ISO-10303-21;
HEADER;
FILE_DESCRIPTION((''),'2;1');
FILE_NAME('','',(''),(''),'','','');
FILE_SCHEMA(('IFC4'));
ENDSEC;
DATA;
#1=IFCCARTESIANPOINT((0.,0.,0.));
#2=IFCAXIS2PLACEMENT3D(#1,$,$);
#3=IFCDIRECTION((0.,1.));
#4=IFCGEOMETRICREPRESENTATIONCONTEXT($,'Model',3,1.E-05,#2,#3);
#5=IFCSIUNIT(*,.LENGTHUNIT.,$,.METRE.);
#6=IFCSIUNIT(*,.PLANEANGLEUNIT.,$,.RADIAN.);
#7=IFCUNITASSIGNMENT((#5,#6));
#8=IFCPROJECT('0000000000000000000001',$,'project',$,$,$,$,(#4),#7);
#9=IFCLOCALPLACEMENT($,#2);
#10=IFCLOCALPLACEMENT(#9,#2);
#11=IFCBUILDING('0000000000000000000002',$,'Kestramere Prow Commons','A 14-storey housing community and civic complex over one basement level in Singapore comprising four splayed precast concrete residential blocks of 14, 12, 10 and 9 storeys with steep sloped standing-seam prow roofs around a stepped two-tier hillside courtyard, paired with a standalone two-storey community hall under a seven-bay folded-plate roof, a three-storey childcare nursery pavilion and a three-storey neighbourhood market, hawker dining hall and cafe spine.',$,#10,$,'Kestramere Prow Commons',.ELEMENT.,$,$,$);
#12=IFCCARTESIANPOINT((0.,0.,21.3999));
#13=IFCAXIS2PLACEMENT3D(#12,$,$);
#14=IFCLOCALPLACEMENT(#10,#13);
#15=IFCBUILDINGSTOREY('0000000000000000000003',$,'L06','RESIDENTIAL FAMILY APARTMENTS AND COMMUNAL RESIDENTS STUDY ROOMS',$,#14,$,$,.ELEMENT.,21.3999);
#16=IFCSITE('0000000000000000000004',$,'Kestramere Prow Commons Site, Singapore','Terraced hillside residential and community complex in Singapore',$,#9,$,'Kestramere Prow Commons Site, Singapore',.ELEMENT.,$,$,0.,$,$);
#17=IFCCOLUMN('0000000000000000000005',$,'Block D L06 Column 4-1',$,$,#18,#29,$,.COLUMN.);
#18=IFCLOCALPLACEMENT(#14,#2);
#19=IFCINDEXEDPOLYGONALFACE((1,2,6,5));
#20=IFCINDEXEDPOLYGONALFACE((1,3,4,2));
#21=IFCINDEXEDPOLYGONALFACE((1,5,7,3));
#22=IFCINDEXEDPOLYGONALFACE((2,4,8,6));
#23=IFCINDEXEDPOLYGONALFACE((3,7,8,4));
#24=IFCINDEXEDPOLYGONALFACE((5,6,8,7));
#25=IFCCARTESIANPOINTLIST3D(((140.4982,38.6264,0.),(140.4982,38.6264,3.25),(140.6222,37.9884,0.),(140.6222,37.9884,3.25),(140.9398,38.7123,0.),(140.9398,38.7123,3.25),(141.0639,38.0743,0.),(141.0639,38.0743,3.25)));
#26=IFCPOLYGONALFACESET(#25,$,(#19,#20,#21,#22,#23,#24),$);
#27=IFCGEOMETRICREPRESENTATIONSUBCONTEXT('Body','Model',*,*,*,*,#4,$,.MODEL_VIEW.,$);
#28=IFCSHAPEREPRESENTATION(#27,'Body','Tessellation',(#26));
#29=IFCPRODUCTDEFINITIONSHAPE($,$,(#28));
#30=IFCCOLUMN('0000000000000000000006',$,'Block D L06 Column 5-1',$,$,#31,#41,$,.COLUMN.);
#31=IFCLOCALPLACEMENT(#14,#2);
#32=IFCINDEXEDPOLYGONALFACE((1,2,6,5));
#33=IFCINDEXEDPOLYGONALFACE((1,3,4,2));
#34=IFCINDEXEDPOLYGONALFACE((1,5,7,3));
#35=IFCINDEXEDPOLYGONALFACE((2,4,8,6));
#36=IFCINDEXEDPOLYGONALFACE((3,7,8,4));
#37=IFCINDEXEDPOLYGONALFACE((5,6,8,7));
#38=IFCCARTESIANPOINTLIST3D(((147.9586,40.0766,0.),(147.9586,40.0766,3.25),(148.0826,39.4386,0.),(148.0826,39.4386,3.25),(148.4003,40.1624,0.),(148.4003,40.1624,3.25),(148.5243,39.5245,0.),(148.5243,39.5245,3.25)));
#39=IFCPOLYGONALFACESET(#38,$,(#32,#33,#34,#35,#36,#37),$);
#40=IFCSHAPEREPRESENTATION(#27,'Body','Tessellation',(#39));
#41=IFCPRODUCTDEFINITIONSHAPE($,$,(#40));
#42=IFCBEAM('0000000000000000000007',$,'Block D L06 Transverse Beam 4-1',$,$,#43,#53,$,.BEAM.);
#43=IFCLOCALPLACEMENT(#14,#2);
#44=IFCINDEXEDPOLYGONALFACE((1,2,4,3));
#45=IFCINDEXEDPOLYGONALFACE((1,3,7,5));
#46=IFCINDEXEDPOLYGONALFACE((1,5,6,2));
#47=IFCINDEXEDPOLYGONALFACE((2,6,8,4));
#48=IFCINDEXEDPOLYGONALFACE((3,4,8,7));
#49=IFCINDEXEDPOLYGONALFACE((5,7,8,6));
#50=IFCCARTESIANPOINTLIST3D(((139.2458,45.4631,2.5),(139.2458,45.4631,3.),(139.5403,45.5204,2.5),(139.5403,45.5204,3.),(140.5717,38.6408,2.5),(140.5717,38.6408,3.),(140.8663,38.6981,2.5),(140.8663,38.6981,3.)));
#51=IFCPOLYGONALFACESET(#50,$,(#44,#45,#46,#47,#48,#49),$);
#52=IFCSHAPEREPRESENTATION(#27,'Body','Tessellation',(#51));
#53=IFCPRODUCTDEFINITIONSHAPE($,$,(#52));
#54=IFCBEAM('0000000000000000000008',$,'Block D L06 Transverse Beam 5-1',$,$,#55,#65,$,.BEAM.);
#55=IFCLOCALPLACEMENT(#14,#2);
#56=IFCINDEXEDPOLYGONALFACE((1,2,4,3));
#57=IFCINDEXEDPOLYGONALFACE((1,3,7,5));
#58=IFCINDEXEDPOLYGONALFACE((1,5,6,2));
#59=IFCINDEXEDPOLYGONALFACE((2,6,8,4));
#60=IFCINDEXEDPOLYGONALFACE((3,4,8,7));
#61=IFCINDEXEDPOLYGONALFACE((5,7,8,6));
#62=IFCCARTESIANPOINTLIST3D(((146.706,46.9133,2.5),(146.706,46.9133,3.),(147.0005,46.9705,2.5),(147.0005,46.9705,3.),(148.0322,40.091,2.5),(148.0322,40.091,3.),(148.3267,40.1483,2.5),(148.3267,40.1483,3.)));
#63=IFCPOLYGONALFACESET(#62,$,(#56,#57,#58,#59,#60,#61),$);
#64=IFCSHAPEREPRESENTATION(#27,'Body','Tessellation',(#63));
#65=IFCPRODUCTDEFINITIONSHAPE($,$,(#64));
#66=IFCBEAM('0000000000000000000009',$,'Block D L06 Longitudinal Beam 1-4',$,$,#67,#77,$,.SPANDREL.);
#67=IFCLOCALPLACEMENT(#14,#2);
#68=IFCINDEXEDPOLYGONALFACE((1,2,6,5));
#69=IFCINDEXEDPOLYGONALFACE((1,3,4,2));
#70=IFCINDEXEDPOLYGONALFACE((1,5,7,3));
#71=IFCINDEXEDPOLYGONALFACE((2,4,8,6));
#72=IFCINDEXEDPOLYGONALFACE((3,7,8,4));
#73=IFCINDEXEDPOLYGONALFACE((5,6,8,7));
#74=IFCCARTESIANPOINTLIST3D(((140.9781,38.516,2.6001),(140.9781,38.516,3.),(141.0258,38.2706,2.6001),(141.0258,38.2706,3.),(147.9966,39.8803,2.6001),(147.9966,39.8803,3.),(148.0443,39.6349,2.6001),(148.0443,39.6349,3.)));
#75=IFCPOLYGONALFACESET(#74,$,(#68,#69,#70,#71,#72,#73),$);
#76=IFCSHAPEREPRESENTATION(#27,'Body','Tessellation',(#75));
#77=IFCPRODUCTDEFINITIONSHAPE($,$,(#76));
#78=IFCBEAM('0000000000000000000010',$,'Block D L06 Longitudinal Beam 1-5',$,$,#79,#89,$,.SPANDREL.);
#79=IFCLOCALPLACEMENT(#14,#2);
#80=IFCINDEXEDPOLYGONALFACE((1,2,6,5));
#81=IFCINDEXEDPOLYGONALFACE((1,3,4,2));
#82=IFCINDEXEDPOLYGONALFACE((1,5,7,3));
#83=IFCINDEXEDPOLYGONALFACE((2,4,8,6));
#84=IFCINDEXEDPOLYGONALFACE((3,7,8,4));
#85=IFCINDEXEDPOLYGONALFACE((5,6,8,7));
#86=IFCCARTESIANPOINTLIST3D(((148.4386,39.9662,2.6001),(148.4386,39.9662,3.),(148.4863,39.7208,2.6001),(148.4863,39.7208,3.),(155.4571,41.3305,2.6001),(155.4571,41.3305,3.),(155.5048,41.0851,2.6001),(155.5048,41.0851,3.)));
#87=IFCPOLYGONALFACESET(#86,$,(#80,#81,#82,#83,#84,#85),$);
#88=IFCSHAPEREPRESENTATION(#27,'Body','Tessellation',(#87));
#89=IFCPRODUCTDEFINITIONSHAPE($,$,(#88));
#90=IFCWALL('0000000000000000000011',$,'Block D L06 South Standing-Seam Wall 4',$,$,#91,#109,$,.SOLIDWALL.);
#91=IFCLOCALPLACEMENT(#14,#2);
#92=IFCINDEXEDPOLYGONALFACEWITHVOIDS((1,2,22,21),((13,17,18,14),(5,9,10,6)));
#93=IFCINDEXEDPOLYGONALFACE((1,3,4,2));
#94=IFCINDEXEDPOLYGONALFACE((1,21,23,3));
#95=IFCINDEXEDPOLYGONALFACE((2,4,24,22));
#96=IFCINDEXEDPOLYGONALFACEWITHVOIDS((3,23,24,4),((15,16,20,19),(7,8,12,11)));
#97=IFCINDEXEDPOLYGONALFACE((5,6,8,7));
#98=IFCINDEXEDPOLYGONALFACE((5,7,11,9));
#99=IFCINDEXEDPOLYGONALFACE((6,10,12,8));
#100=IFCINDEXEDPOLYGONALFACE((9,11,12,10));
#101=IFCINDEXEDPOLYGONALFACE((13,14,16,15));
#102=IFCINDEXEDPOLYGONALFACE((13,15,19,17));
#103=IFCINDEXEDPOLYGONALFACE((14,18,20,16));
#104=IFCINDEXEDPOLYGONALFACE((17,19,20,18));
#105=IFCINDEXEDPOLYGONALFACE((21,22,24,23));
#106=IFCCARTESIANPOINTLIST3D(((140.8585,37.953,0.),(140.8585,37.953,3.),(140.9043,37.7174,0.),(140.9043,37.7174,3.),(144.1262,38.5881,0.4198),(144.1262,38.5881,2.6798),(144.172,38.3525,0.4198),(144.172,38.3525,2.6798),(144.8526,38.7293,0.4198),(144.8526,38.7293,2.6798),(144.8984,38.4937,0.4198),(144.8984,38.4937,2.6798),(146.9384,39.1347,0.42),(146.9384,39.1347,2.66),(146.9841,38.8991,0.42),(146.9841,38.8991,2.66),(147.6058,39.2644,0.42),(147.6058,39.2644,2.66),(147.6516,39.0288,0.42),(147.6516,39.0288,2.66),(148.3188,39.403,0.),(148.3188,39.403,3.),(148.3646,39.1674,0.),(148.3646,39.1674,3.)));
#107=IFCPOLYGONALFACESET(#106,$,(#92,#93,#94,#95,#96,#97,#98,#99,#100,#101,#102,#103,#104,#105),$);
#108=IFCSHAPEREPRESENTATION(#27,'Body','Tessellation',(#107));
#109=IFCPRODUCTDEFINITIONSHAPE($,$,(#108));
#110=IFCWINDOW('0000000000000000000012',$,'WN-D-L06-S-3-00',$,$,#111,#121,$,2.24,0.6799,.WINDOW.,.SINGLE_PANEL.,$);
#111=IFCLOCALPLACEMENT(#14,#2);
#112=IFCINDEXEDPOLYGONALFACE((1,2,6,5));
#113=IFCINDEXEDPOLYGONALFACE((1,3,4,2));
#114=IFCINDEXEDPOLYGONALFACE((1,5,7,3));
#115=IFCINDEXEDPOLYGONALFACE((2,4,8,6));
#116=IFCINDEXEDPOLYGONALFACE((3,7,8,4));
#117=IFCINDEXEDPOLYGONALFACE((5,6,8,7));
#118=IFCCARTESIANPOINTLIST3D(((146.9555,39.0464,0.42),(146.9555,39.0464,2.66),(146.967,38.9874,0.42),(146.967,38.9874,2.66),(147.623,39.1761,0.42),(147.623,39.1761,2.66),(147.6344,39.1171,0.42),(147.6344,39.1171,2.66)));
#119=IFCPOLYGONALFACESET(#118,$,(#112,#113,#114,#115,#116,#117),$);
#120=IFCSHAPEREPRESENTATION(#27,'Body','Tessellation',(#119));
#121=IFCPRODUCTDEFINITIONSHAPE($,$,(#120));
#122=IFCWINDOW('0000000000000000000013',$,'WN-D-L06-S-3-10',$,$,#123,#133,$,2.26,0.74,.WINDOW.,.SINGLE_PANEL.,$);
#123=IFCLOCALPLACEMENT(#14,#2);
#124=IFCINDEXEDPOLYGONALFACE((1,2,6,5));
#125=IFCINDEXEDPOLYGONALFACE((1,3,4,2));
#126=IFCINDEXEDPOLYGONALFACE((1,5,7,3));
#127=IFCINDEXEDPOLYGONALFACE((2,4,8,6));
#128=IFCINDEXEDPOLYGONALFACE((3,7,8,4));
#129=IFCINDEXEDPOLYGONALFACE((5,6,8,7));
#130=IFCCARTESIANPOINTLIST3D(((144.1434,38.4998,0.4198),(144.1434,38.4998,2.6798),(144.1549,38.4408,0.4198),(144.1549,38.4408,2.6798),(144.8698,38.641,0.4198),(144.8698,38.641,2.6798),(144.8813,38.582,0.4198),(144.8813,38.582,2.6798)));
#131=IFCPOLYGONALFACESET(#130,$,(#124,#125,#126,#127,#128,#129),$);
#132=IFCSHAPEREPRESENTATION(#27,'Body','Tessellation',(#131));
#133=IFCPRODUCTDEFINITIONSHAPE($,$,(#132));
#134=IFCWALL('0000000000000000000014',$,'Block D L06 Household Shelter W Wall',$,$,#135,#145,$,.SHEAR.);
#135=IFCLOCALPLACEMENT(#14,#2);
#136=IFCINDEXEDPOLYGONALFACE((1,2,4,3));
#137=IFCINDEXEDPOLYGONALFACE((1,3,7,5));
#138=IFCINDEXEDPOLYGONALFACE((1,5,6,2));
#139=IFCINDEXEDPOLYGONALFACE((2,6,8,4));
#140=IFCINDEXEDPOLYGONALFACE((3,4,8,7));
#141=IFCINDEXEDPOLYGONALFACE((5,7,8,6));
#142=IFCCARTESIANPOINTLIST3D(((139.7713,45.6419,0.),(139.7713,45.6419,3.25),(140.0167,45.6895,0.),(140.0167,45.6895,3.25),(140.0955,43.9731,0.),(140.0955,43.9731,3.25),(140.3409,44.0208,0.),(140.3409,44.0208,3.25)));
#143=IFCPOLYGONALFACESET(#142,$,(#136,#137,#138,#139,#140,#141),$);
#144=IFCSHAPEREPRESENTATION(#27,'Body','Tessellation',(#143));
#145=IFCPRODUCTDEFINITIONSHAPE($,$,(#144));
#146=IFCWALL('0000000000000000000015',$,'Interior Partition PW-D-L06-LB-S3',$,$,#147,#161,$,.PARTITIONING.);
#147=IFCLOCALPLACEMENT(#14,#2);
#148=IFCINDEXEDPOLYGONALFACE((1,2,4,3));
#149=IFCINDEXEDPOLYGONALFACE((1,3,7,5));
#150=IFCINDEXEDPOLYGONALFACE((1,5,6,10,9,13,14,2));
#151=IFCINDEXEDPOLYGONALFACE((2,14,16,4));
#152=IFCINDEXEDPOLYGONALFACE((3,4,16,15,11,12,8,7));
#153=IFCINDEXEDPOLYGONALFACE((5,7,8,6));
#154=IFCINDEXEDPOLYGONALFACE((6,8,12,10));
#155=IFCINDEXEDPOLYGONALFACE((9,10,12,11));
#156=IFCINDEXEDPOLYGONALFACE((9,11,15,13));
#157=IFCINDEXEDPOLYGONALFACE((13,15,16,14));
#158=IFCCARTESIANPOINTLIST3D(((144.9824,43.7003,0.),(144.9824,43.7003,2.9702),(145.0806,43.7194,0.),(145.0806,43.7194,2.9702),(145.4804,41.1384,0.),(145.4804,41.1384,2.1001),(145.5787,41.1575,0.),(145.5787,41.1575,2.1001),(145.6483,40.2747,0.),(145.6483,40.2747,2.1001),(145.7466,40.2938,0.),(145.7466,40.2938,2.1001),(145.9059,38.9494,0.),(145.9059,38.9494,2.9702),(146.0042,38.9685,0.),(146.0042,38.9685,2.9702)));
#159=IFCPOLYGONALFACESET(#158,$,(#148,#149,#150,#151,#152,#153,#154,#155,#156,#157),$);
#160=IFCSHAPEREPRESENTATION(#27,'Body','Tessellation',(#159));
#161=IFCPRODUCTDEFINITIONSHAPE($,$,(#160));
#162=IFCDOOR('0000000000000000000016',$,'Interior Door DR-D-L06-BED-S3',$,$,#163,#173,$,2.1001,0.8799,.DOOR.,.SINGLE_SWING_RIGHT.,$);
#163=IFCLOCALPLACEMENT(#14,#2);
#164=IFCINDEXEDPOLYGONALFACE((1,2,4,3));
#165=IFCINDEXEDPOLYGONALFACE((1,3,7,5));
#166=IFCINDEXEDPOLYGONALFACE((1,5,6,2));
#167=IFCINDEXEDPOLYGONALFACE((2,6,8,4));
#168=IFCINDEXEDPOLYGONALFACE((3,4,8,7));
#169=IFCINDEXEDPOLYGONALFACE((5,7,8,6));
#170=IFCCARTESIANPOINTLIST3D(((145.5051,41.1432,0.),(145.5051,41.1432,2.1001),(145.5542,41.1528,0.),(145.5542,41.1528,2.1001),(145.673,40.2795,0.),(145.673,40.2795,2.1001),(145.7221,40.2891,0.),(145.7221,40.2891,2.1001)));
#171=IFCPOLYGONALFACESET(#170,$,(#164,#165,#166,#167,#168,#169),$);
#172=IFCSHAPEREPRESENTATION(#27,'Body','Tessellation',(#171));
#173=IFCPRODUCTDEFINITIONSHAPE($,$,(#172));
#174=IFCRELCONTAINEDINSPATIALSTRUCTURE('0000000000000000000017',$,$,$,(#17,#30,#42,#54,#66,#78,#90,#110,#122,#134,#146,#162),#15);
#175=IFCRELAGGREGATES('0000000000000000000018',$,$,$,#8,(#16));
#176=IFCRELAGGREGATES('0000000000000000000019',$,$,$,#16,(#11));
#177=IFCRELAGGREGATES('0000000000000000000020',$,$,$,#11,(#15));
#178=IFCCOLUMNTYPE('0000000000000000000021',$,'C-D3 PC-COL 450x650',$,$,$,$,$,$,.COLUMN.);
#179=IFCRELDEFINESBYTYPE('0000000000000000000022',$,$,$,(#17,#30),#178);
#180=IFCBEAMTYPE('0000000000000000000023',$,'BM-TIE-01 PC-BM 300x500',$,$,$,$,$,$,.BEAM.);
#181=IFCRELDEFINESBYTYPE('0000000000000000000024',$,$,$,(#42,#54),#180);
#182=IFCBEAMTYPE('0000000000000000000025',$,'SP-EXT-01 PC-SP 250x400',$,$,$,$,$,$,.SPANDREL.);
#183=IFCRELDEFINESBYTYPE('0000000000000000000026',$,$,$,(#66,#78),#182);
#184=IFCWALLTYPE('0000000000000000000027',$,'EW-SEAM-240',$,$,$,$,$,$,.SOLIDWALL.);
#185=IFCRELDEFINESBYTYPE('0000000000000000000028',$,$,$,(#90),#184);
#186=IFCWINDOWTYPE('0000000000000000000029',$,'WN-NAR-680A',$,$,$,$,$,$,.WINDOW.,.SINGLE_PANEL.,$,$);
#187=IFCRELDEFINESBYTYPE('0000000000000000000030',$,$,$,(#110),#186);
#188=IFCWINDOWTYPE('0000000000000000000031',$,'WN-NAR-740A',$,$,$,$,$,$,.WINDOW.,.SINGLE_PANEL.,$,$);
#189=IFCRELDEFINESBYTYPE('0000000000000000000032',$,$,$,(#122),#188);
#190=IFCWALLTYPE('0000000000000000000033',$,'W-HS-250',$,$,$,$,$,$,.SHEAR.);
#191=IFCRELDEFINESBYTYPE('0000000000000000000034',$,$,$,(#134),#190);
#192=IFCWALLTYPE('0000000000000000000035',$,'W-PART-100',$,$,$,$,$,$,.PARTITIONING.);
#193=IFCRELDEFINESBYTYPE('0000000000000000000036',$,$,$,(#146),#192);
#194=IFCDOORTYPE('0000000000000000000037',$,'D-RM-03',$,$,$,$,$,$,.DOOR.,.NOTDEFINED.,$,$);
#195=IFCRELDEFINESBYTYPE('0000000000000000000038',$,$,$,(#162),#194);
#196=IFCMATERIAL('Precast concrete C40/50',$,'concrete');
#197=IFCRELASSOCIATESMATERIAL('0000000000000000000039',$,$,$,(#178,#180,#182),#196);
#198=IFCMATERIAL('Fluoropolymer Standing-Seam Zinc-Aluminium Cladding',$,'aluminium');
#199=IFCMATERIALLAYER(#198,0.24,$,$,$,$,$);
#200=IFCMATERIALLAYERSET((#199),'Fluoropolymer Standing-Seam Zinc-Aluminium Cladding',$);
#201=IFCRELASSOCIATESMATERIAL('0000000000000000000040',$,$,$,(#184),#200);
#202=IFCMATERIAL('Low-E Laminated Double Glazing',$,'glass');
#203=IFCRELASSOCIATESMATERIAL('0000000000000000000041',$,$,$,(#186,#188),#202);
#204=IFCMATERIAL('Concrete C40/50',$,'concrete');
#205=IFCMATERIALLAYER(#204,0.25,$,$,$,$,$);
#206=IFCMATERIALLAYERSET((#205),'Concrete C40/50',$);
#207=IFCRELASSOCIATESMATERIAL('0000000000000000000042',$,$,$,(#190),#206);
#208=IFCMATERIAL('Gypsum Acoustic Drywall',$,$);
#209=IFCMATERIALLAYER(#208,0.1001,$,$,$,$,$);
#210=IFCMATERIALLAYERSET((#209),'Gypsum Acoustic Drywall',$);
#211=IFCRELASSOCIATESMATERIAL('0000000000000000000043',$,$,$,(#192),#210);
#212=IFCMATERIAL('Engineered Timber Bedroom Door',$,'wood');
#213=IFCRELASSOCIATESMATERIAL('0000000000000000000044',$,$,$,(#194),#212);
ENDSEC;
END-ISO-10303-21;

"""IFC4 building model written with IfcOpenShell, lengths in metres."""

from ifc_helpers import new_model, si_unit, direction, frame, frame_2d, origin, origin_2d, place, context, subcontext, project, spatial, rectangle, extrude, material, layer, layer_set, material_profile, profile_set, type_object, element, fill, save


model = new_model("IFC4")

# Units and contexts
model_context = context("Model", 3, precision=1e-05, world=origin(), true_north=direction((0.0, 1.0)))
body_context = subcontext(model_context, "Body", "Model", "MODEL_VIEW")
ifc_project = project(units=[si_unit("LENGTHUNIT", "METRE"), si_unit("PLANEANGLEUNIT", "RADIAN")], contexts=[model_context])

# Site, building, storey
site_placement = place(None, origin())
site = spatial("IfcSite", under=ifc_project, at=site_placement, Name="Kestramere Prow Commons Site, Singapore", Description="Terraced hillside residential and community complex in Singapore", LongName="Kestramere Prow Commons Site, Singapore", CompositionType="ELEMENT", RefElevation=0.0)
building_placement = place(site_placement, origin())
building = spatial("IfcBuilding", under=site, at=building_placement, Name="Kestramere Prow Commons", Description="A 14-storey housing community and civic complex over one basement level in Singapore comprising four splayed precast concrete residential blocks of 14, 12, 10 and 9 storeys with steep sloped standing-seam prow roofs around a stepped two-tier hillside courtyard, paired with a standalone two-storey community hall under a seven-bay folded-plate roof, a three-storey childcare nursery pavilion and a three-storey neighbourhood market, hawker dining hall and cafe spine.", LongName="Kestramere Prow Commons", CompositionType="ELEMENT")
storey_placement = place(building_placement, frame((0.0, 0.0, 21.3999)))
storey = spatial("IfcBuildingStorey", under=building, at=storey_placement, Name="L06", Description="RESIDENTIAL FAMILY APARTMENTS AND COMMUNAL RESIDENTS STUDY ROOMS", CompositionType="ELEMENT", Elevation=21.3999)

# Columns
ifc_material_1 = material(Name="Precast concrete C40/50", Category="concrete")
ifc_material_profile_1 = material_profile(ifc_material_1, rectangle(XDim=0.45, YDim=0.6499, at=origin_2d()), Name="PC-COL 450x650")
ifc_profile_set_1 = profile_set([ifc_material_profile_1], Name="Precast concrete C40/50")
column_type = type_object("IfcColumnType", Name="C-D3 PC-COL 450x650", PredefinedType="COLUMN", material=ifc_profile_set_1)
for number, where, z_axis, x_axis, name in (
    (1, (140.781, 38.3503, 0.0), (0.0, 0.0, 1.0), (0.981627, 0.190809, 0.0), "Block D L06 Column 4-1"),
    (2, (148.2415, 39.8005, 0.0), (0.0, 0.0, 1.0), (0.981627, 0.190809, 0.0), "Block D L06 Column 5-1"),
):
    element("IfcColumn", number, at=place(storey_placement, frame(where, z_axis=z_axis, x_axis=x_axis)), inside=storey, type_object=column_type, Name=name, PredefinedType="COLUMN", context=body_context, shape_type="SweptSolid", body=[
        extrude(rectangle(XDim=0.45, YDim=0.6499, at=origin_2d()), origin(), (0.0, 0.0, 1.0), 3.25),
    ])

# Beams
ifc_material_profile_2 = material_profile(ifc_material_1, rectangle(XDim=0.3, YDim=0.5, at=origin_2d()), Name="PC-BM 300x500")
ifc_profile_set_2 = profile_set([ifc_material_profile_2], Name="Precast concrete C40/50")
beam_type_1 = type_object("IfcBeamType", Name="BM-TIE-01 PC-BM 300x500", PredefinedType="BEAM", material=ifc_profile_set_2)
for number, where, z_axis, x_axis, name in (
    (3, (140.719, 38.6694, 2.75), (-0.190783, 0.981632, 0.0), (-0.981632, -0.190783, 0.0), "Block D L06 Transverse Beam 4-1"),
    (4, (148.1794, 40.1196, 2.75), (-0.190817, 0.981626, 0.0), (-0.981626, -0.190817, 0.0), "Block D L06 Transverse Beam 5-1"),
):
    element("IfcBeam", number, at=place(storey_placement, frame(where, z_axis=z_axis, x_axis=x_axis)), inside=storey, type_object=beam_type_1, Name=name, PredefinedType="BEAM", context=body_context, shape_type="SweptSolid", body=[
        extrude(rectangle(XDim=0.3, YDim=0.5, at=origin_2d()), origin(), (0.0, 0.0, 1.0), 6.95),
    ])
ifc_material_profile_3 = material_profile(ifc_material_1, rectangle(XDim=0.25, YDim=0.3999, at=origin_2d()), Name="PC-SP 250x400")
ifc_profile_set_3 = profile_set([ifc_material_profile_3], Name="Precast concrete C40/50")
beam_type_2 = type_object("IfcBeamType", Name="SP-EXT-01 PC-SP 250x400", PredefinedType="SPANDREL", material=ifc_profile_set_3)
for number, where, z_axis, x_axis, name in (
    (5, (141.002, 38.3933, 2.8), (0.981627, 0.190808, 0.0), (-0.190808, 0.981627, 0.0), "Block D L06 Longitudinal Beam 1-4"),
    (6, (148.4624, 39.8435, 2.8), (0.981627, 0.190808, 0.0), (-0.190808, 0.981627, 0.0), "Block D L06 Longitudinal Beam 1-5"),
):
    element("IfcBeam", number, at=place(storey_placement, frame(where, z_axis=z_axis, x_axis=x_axis)), inside=storey, type_object=beam_type_2, Name=name, PredefinedType="SPANDREL", context=body_context, shape_type="SweptSolid", body=[
        extrude(rectangle(XDim=0.25, YDim=0.3999, at=origin_2d()), origin(), (0.0, 0.0, 1.0), 7.1499),
    ])

# Shared definitions
ifc_material_2 = material(Name="Fluoropolymer Standing-Seam Zinc-Aluminium Cladding", Category="aluminium")
ifc_layer_1 = layer(ifc_material_2, 0.24)
ifc_layer_set_1 = layer_set([ifc_layer_1], Name="Fluoropolymer Standing-Seam Zinc-Aluminium Cladding")
wall_type_1 = type_object("IfcWallType", Name="EW-SEAM-240", PredefinedType="SOLIDWALL", material=ifc_layer_set_1)
ifc_material_3 = material(Name="Low-E Laminated Double Glazing", Category="glass")

# Wall, openings, windows
wall_1_placement = place(storey_placement, frame((148.3416, 39.2852, 0.0), z_axis=(0.0, 0.0, 1.0), x_axis=(-0.981631, -0.190788, 0.0)))
wall_1 = element("IfcWall", 7, at=wall_1_placement, inside=storey, type_object=wall_type_1, Name="Block D L06 South Standing-Seam Wall 4", PredefinedType="SOLIDWALL", context=body_context, shape_type="SweptSolid", body=[
    extrude(rectangle(XDim=7.5999, YDim=0.24, at=frame_2d((3.7998, 0.0))), origin(), (0.0, 0.0, 1.0), 3.0),
])
opening_1_placement = place(wall_1_placement, frame((0.7263, 0.0, 0.4199)))
opening_1 = element("IfcOpeningElement", 8, at=opening_1_placement, cuts=wall_1, PredefinedType="OPENING", context=body_context, shape_type="SweptSolid", body=[
    extrude(rectangle(XDim=0.6799, YDim=2.24, at=frame_2d((0.3398, 1.1201))), frame((0.0, 0.135, 0.0), z_axis=(0.0, -1.0, 0.0), x_axis=(1.0, 0.0, 0.0)), (0.0, 0.0, 1.0), 0.27),
])
opening_2_placement = place(wall_1_placement, frame((3.5308, 0.0, 0.4199)))
opening_2 = element("IfcOpeningElement", 9, at=opening_2_placement, cuts=wall_1, PredefinedType="OPENING", context=body_context, shape_type="SweptSolid", body=[
    extrude(rectangle(XDim=0.74, YDim=2.26, at=frame_2d((0.3701, 1.1299))), frame((0.0, 0.135, 0.0), z_axis=(0.0, -1.0, 0.0), x_axis=(1.0, 0.0, 0.0)), (0.0, 0.0, 1.0), 0.27),
])
window_type_1 = type_object("IfcWindowType", Name="WN-NAR-680A", PartitioningType="SINGLE_PANEL", PredefinedType="WINDOW", material=ifc_material_3)
window_1_placement = place(opening_1_placement, origin())
window_1 = element("IfcWindow", 10, at=window_1_placement, inside=storey, type_object=window_type_1, Name="WN-D-L06-S-3-00", OverallHeight=2.24, OverallWidth=0.6799, PartitioningType="SINGLE_PANEL", PredefinedType="WINDOW", context=body_context, shape_type="SweptSolid", body=[
    extrude(rectangle(XDim=0.6799, YDim=2.24, at=frame_2d((0.3398, 1.1201))), frame((0.0, 0.03, 0.0), z_axis=(0.0, -1.0, 0.0), x_axis=(1.0, 0.0, 0.0)), (0.0, 0.0, 1.0), 0.0601),
])
fill(opening_1, window_1)
window_type_2 = type_object("IfcWindowType", Name="WN-NAR-740A", PartitioningType="SINGLE_PANEL", PredefinedType="WINDOW", material=ifc_material_3)
window_2_placement = place(opening_2_placement, origin())
window_2 = element("IfcWindow", 11, at=window_2_placement, inside=storey, type_object=window_type_2, Name="WN-D-L06-S-3-10", OverallHeight=2.26, OverallWidth=0.74, PartitioningType="SINGLE_PANEL", PredefinedType="WINDOW", context=body_context, shape_type="SweptSolid", body=[
    extrude(rectangle(XDim=0.74, YDim=2.26, at=frame_2d((0.3701, 1.1299))), frame((0.0, 0.03, 0.0), z_axis=(0.0, -1.0, 0.0), x_axis=(1.0, 0.0, 0.0)), (0.0, 0.0, 1.0), 0.0601),
])
fill(opening_2, window_2)

# Wall
ifc_material_4 = material(Name="Concrete C40/50", Category="concrete")
ifc_layer_2 = layer(ifc_material_4, 0.25)
ifc_layer_set_2 = layer_set([ifc_layer_2], Name="Concrete C40/50")
wall_type_2 = type_object("IfcWallType", Name="W-HS-250", PredefinedType="SHEAR", material=ifc_layer_set_2)
wall_2_placement = place(storey_placement, frame((140.2183, 43.9968, 0.0), z_axis=(0.0, 0.0, 1.0), x_axis=(-0.190727, 0.981643, 0.0)))
element("IfcWall", 12, at=wall_2_placement, inside=storey, type_object=wall_type_2, Name="Block D L06 Household Shelter W Wall", PredefinedType="SHEAR", context=body_context, shape_type="SweptSolid", body=[
    extrude(rectangle(XDim=1.7, YDim=0.25, at=frame_2d((0.8501, 0.0))), origin(), (0.0, 0.0, 1.0), 3.25),
])

# Wall, opening, door
ifc_material_5 = material(Name="Gypsum Acoustic Drywall")
ifc_layer_3 = layer(ifc_material_5, 0.1001)
ifc_layer_set_3 = layer_set([ifc_layer_3], Name="Gypsum Acoustic Drywall")
wall_type_3 = type_object("IfcWallType", Name="W-PART-100", PredefinedType="PARTITIONING", material=ifc_layer_set_3)
wall_3_placement = place(storey_placement, frame((145.9551, 38.959, 0.0), z_axis=(0.0, 0.0, 1.0), x_axis=(-0.190826, 0.981624, 0.0)))
wall_3 = element("IfcWall", 13, at=wall_3_placement, inside=storey, type_object=wall_type_3, Name="Interior Partition PW-D-L06-LB-S3", PredefinedType="PARTITIONING", context=body_context, shape_type="SweptSolid", body=[
    extrude(rectangle(XDim=4.8398, YDim=0.1001, at=frame_2d((2.4199, 0.0))), origin(), (0.0, 0.0, 1.0), 2.9702),
])
opening_3_placement = place(wall_3_placement, frame((1.3501, 0.0, 0.0)))
opening_3 = element("IfcOpeningElement", 14, at=opening_3_placement, cuts=wall_3, PredefinedType="OPENING", context=body_context, shape_type="SweptSolid", body=[
    extrude(rectangle(XDim=0.8799, YDim=2.1001, at=frame_2d((0.4399, 1.05))), frame((0.0, 0.0649, 0.0), z_axis=(0.0, -1.0, 0.0), x_axis=(1.0, 0.0, 0.0)), (0.0, 0.0, 1.0), 0.1301),
])
ifc_material_6 = material(Name="Engineered Timber Bedroom Door", Category="wood")
door_type_1 = type_object("IfcDoorType", Name="D-RM-03", OperationType="NOTDEFINED", PredefinedType="DOOR", material=ifc_material_6)
door_1_placement = place(opening_3_placement, origin())
door_1 = element("IfcDoor", 15, at=door_1_placement, inside=storey, type_object=door_type_1, Name="Interior Door DR-D-L06-BED-S3", OperationType="SINGLE_SWING_RIGHT", OverallHeight=2.1001, OverallWidth=0.8799, PredefinedType="DOOR", context=body_context, shape_type="SweptSolid", body=[
    extrude(rectangle(XDim=0.8799, YDim=2.1001, at=frame_2d((0.4399, 1.05))), frame((0.0, 0.0249, 0.0), z_axis=(0.0, -1.0, 0.0), x_axis=(1.0, 0.0, 0.0)), (0.0, 0.0, 1.0), 0.05),
])
fill(opening_3, door_1)

save(model, "model.ifc")
